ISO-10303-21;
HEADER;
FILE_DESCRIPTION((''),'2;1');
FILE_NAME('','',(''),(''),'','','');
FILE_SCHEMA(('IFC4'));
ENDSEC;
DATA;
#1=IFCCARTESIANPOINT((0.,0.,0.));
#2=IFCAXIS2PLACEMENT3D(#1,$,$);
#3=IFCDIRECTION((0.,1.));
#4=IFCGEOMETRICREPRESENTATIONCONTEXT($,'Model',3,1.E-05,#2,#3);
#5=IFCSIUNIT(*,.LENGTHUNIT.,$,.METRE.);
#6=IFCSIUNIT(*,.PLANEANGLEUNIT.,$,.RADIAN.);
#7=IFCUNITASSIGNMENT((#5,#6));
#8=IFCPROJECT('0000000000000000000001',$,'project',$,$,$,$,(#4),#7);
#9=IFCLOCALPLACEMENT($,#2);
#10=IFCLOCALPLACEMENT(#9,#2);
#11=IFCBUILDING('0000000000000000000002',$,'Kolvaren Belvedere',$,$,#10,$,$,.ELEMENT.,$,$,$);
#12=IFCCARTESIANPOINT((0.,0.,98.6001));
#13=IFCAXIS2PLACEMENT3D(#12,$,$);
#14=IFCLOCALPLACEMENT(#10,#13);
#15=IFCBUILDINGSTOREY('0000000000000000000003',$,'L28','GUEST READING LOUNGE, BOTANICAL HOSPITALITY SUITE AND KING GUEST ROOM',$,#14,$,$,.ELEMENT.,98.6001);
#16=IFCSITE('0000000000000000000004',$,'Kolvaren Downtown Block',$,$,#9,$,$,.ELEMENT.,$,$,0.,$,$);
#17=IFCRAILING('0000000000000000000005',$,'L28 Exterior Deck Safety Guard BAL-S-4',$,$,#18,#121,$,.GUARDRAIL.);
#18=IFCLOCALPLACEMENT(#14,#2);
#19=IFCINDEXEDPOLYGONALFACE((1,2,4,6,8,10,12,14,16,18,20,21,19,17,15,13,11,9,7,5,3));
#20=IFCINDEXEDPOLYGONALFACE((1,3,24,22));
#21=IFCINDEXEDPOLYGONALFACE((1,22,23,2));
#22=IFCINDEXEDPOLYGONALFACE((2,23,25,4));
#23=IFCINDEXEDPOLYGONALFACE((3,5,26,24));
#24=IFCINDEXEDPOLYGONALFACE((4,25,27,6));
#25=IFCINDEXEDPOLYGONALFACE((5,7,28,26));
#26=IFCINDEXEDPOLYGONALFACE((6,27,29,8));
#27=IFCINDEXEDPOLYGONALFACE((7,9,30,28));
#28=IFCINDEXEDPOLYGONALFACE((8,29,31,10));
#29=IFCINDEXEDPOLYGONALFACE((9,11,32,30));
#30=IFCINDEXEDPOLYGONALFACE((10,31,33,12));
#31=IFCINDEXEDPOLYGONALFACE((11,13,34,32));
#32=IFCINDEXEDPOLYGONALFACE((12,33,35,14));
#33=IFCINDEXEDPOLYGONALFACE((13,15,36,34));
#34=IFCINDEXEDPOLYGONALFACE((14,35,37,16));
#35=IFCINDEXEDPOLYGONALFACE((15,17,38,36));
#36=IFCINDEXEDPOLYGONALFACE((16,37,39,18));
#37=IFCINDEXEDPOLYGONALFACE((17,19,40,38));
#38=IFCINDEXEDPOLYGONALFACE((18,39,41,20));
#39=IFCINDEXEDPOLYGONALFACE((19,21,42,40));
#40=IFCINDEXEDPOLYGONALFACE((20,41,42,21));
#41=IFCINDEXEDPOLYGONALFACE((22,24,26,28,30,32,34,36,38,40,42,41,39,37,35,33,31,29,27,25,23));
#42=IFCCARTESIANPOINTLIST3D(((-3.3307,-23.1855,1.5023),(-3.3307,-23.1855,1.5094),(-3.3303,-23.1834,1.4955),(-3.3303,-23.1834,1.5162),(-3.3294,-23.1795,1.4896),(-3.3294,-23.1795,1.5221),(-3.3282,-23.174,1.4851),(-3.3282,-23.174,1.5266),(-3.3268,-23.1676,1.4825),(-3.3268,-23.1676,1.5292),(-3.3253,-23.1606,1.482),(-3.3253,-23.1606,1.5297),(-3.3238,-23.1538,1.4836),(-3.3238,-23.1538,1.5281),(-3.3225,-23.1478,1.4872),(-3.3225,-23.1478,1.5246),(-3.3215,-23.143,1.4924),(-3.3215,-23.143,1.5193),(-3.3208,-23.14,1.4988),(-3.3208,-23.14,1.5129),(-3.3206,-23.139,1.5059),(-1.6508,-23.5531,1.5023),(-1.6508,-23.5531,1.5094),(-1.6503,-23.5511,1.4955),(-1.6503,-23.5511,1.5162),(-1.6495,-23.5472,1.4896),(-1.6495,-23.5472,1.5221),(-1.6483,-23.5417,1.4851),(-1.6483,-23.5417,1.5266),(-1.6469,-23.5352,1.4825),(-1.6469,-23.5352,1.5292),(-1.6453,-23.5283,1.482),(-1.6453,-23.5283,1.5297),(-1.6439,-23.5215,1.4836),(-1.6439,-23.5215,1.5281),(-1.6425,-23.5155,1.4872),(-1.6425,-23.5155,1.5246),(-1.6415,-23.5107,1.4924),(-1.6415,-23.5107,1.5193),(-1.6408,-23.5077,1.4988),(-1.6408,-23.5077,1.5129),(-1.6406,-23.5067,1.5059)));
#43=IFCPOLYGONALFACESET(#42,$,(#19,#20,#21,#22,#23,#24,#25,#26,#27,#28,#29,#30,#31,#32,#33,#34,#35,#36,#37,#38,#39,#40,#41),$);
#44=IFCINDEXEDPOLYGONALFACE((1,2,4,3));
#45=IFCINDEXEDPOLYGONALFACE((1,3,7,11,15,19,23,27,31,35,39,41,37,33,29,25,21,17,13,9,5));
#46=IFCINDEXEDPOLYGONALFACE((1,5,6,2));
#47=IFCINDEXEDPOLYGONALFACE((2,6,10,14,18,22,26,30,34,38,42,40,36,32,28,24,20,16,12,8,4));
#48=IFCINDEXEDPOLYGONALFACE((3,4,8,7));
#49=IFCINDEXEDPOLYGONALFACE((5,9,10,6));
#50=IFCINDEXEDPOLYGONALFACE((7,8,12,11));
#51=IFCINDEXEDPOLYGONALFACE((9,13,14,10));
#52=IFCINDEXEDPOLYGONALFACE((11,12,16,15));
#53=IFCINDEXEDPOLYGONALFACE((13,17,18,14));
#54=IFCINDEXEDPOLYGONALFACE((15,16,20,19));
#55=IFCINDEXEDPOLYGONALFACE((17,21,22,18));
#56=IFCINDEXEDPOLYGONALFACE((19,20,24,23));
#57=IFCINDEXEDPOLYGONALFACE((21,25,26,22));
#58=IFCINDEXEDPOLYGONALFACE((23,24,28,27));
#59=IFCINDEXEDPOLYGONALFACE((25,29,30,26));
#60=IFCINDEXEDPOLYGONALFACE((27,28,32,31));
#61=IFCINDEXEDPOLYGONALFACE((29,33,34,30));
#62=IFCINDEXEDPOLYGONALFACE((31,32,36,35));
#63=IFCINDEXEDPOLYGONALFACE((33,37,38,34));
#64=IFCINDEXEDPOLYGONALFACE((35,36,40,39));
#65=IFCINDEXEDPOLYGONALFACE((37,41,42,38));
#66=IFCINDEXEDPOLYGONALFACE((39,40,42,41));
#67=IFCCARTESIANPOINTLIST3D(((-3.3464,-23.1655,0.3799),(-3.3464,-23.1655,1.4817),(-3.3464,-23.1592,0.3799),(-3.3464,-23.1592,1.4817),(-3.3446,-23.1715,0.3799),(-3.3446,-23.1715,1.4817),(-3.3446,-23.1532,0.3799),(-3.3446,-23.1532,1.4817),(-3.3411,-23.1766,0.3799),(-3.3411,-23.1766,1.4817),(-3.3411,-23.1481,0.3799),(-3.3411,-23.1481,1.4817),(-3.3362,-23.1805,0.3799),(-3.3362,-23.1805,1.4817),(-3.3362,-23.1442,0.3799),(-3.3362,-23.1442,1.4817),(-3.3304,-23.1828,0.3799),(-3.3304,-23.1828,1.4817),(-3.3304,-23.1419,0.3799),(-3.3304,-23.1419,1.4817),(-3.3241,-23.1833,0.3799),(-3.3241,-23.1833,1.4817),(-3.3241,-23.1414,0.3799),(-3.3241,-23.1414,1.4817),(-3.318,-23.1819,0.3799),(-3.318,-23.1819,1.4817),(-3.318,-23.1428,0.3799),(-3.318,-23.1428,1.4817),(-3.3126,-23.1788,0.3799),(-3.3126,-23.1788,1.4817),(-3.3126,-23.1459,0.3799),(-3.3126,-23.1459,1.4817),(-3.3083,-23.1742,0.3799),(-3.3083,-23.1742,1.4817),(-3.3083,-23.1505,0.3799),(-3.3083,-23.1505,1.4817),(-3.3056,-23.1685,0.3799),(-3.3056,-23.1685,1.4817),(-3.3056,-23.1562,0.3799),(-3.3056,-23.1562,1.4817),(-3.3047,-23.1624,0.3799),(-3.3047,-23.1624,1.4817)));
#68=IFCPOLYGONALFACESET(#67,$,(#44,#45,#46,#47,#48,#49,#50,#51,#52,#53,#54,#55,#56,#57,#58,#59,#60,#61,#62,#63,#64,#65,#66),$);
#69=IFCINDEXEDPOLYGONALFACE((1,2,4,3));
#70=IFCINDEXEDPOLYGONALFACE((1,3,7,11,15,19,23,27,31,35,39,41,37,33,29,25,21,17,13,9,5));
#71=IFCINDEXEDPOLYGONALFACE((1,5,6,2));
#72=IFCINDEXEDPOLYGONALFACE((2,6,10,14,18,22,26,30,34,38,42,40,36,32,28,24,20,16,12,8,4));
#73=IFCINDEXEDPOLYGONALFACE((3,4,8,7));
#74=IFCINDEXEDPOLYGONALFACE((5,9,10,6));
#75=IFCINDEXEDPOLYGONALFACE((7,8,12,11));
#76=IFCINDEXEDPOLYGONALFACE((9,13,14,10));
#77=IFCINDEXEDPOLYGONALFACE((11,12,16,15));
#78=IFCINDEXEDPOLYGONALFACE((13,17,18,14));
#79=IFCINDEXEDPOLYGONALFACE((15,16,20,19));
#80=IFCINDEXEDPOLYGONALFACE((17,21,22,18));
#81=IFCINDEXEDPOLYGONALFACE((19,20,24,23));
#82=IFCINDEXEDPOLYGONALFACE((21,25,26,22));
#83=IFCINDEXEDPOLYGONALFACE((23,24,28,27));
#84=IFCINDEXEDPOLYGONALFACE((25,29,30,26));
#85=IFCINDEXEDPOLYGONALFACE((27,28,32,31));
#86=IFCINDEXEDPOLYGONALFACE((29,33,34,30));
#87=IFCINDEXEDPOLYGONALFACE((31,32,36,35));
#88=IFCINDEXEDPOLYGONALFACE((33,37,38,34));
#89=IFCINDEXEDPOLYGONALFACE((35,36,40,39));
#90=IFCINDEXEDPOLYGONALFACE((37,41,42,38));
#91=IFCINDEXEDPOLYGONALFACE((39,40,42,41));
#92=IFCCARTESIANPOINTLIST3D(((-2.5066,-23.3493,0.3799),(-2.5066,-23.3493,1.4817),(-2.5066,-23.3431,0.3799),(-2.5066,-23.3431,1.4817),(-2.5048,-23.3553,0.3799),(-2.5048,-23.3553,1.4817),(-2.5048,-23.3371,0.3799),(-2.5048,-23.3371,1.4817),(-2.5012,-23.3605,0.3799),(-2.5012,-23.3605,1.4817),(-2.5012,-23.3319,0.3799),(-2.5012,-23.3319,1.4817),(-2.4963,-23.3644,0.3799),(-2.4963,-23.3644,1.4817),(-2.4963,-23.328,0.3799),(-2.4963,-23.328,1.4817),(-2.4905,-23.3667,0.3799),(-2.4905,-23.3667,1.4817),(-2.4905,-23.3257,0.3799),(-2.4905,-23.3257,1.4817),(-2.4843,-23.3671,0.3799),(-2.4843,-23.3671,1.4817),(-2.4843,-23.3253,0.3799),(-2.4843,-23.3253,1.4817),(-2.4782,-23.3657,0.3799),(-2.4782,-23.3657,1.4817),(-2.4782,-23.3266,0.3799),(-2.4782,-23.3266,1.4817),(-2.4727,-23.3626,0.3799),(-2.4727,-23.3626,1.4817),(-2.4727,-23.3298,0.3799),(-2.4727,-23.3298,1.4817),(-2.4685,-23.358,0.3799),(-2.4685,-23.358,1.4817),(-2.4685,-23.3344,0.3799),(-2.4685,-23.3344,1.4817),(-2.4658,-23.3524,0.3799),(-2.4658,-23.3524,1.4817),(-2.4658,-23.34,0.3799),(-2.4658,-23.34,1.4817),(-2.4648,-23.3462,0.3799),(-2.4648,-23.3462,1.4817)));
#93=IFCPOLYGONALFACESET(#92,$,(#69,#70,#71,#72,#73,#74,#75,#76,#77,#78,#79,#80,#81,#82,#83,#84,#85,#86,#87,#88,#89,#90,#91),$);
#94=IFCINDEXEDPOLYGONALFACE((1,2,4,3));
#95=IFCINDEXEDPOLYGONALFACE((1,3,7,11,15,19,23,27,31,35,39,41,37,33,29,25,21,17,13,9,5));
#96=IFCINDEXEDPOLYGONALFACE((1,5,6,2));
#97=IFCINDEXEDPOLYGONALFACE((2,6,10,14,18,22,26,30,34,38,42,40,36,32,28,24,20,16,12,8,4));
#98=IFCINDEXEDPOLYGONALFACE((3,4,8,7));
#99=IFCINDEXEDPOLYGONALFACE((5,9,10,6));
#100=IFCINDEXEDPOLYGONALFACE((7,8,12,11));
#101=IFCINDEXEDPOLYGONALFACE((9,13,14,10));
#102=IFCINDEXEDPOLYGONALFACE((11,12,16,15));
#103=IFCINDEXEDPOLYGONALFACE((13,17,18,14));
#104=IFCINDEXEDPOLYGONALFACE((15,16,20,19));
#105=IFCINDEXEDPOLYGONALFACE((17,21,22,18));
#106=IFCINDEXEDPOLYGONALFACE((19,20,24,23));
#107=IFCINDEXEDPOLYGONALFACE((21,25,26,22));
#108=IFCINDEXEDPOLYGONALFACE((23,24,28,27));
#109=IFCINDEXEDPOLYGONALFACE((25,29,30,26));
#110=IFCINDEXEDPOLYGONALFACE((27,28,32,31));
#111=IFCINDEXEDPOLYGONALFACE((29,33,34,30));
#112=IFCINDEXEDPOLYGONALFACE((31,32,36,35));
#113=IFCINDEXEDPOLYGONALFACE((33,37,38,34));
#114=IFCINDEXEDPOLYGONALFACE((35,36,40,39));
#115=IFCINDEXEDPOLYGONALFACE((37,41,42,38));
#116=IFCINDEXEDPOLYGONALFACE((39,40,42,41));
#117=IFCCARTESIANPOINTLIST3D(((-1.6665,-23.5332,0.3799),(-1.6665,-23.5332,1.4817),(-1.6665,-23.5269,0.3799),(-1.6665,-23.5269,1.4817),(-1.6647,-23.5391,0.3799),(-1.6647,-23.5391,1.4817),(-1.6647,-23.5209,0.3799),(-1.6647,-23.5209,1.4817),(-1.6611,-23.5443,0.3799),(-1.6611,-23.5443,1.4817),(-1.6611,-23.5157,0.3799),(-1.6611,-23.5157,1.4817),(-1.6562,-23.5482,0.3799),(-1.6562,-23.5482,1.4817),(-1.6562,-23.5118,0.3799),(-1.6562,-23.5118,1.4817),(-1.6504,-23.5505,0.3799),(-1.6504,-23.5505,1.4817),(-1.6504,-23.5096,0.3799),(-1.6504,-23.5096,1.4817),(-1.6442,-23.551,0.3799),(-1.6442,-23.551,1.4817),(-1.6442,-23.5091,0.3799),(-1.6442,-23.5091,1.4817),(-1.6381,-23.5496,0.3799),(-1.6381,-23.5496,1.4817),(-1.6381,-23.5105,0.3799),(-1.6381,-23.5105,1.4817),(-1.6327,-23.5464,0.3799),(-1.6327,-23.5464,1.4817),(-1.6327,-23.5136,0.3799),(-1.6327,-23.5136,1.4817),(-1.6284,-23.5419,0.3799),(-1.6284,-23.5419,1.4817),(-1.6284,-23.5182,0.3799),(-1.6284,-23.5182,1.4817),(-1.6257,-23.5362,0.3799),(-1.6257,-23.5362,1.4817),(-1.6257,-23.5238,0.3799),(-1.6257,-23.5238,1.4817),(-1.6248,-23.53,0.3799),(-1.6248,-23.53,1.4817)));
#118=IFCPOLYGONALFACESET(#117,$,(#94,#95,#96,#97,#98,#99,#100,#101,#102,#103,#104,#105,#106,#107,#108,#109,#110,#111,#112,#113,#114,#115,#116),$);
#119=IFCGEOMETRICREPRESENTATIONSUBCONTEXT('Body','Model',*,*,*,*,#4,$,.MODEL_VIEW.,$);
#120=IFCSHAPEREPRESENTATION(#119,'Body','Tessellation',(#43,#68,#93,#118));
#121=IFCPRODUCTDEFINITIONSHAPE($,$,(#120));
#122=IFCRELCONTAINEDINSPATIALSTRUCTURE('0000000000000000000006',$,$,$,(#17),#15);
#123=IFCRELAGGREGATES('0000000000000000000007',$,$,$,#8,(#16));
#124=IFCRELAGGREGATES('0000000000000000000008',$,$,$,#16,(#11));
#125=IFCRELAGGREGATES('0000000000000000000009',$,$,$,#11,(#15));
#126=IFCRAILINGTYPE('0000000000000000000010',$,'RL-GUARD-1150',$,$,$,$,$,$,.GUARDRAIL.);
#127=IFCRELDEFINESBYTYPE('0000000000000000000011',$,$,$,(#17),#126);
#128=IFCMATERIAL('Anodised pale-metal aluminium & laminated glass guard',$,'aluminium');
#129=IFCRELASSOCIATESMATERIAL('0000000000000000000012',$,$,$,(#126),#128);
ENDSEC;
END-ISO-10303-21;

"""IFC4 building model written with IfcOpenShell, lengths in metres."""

from ifc_helpers import new_model, si_unit, direction, frame, origin, origin_2d, place, context, subcontext, project, spatial, circle, extrude, material, type_object, element, save


model = new_model("IFC4")

# Units and contexts
model_context = context("Model", 3, precision=1e-05, world=origin(), true_north=direction((0.0, 1.0)))
body_context = subcontext(model_context, "Body", "Model", "MODEL_VIEW")
ifc_project = project(units=[si_unit("LENGTHUNIT", "METRE"), si_unit("PLANEANGLEUNIT", "RADIAN")], contexts=[model_context])

# Site, building, storey
site_placement = place(None, origin())
site = spatial("IfcSite", under=ifc_project, at=site_placement, Name="Kolvaren Downtown Block", CompositionType="ELEMENT", RefElevation=0.0)
building_placement = place(site_placement, origin())
building = spatial("IfcBuilding", under=site, at=building_placement, Name="Kolvaren Belvedere", CompositionType="ELEMENT")
storey_placement = place(building_placement, frame((0.0, 0.0, 98.6001)))
storey = spatial("IfcBuildingStorey", under=building, at=storey_placement, Name="L28", Description="GUEST READING LOUNGE, BOTANICAL HOSPITALITY SUITE AND KING GUEST ROOM", CompositionType="ELEMENT", Elevation=98.6001)

# Railing
ifc_material_1 = material(Name="Anodised pale-metal aluminium & laminated glass guard", Category="aluminium")
railing_type = type_object("IfcRailingType", Name="RL-GUARD-1150", PredefinedType="GUARDRAIL", material=ifc_material_1)
railing_1_placement = place(storey_placement, frame((-3.3257, -23.1624, 0.3799)))
element("IfcRailing", 1, at=railing_1_placement, inside=storey, type_object=railing_type, Name="L28 Exterior Deck Safety Guard BAL-S-4", PredefinedType="GUARDRAIL", context=body_context, shape_type="SweptSolid", body=[
    extrude(circle(Radius=0.0239, at=origin_2d()), frame((0.0, 0.0, 1.126), z_axis=(0.976877, -0.213803, 0.0), x_axis=(0.213803, 0.976877, 0.0)), (0.0, 0.0, 1.0), 1.7197),
    extrude(circle(Radius=0.021, at=origin_2d()), origin(), (0.0, 0.0, 1.0), 1.1018),
    extrude(circle(Radius=0.021, at=origin_2d()), frame((0.8398, -0.1838, 0.0)), (0.0, 0.0, 1.0), 1.1018),
    extrude(circle(Radius=0.021, at=origin_2d()), frame((1.6799, -0.3677, 0.0)), (0.0, 0.0, 1.0), 1.1018),
])

save(model, "model.ifc")
